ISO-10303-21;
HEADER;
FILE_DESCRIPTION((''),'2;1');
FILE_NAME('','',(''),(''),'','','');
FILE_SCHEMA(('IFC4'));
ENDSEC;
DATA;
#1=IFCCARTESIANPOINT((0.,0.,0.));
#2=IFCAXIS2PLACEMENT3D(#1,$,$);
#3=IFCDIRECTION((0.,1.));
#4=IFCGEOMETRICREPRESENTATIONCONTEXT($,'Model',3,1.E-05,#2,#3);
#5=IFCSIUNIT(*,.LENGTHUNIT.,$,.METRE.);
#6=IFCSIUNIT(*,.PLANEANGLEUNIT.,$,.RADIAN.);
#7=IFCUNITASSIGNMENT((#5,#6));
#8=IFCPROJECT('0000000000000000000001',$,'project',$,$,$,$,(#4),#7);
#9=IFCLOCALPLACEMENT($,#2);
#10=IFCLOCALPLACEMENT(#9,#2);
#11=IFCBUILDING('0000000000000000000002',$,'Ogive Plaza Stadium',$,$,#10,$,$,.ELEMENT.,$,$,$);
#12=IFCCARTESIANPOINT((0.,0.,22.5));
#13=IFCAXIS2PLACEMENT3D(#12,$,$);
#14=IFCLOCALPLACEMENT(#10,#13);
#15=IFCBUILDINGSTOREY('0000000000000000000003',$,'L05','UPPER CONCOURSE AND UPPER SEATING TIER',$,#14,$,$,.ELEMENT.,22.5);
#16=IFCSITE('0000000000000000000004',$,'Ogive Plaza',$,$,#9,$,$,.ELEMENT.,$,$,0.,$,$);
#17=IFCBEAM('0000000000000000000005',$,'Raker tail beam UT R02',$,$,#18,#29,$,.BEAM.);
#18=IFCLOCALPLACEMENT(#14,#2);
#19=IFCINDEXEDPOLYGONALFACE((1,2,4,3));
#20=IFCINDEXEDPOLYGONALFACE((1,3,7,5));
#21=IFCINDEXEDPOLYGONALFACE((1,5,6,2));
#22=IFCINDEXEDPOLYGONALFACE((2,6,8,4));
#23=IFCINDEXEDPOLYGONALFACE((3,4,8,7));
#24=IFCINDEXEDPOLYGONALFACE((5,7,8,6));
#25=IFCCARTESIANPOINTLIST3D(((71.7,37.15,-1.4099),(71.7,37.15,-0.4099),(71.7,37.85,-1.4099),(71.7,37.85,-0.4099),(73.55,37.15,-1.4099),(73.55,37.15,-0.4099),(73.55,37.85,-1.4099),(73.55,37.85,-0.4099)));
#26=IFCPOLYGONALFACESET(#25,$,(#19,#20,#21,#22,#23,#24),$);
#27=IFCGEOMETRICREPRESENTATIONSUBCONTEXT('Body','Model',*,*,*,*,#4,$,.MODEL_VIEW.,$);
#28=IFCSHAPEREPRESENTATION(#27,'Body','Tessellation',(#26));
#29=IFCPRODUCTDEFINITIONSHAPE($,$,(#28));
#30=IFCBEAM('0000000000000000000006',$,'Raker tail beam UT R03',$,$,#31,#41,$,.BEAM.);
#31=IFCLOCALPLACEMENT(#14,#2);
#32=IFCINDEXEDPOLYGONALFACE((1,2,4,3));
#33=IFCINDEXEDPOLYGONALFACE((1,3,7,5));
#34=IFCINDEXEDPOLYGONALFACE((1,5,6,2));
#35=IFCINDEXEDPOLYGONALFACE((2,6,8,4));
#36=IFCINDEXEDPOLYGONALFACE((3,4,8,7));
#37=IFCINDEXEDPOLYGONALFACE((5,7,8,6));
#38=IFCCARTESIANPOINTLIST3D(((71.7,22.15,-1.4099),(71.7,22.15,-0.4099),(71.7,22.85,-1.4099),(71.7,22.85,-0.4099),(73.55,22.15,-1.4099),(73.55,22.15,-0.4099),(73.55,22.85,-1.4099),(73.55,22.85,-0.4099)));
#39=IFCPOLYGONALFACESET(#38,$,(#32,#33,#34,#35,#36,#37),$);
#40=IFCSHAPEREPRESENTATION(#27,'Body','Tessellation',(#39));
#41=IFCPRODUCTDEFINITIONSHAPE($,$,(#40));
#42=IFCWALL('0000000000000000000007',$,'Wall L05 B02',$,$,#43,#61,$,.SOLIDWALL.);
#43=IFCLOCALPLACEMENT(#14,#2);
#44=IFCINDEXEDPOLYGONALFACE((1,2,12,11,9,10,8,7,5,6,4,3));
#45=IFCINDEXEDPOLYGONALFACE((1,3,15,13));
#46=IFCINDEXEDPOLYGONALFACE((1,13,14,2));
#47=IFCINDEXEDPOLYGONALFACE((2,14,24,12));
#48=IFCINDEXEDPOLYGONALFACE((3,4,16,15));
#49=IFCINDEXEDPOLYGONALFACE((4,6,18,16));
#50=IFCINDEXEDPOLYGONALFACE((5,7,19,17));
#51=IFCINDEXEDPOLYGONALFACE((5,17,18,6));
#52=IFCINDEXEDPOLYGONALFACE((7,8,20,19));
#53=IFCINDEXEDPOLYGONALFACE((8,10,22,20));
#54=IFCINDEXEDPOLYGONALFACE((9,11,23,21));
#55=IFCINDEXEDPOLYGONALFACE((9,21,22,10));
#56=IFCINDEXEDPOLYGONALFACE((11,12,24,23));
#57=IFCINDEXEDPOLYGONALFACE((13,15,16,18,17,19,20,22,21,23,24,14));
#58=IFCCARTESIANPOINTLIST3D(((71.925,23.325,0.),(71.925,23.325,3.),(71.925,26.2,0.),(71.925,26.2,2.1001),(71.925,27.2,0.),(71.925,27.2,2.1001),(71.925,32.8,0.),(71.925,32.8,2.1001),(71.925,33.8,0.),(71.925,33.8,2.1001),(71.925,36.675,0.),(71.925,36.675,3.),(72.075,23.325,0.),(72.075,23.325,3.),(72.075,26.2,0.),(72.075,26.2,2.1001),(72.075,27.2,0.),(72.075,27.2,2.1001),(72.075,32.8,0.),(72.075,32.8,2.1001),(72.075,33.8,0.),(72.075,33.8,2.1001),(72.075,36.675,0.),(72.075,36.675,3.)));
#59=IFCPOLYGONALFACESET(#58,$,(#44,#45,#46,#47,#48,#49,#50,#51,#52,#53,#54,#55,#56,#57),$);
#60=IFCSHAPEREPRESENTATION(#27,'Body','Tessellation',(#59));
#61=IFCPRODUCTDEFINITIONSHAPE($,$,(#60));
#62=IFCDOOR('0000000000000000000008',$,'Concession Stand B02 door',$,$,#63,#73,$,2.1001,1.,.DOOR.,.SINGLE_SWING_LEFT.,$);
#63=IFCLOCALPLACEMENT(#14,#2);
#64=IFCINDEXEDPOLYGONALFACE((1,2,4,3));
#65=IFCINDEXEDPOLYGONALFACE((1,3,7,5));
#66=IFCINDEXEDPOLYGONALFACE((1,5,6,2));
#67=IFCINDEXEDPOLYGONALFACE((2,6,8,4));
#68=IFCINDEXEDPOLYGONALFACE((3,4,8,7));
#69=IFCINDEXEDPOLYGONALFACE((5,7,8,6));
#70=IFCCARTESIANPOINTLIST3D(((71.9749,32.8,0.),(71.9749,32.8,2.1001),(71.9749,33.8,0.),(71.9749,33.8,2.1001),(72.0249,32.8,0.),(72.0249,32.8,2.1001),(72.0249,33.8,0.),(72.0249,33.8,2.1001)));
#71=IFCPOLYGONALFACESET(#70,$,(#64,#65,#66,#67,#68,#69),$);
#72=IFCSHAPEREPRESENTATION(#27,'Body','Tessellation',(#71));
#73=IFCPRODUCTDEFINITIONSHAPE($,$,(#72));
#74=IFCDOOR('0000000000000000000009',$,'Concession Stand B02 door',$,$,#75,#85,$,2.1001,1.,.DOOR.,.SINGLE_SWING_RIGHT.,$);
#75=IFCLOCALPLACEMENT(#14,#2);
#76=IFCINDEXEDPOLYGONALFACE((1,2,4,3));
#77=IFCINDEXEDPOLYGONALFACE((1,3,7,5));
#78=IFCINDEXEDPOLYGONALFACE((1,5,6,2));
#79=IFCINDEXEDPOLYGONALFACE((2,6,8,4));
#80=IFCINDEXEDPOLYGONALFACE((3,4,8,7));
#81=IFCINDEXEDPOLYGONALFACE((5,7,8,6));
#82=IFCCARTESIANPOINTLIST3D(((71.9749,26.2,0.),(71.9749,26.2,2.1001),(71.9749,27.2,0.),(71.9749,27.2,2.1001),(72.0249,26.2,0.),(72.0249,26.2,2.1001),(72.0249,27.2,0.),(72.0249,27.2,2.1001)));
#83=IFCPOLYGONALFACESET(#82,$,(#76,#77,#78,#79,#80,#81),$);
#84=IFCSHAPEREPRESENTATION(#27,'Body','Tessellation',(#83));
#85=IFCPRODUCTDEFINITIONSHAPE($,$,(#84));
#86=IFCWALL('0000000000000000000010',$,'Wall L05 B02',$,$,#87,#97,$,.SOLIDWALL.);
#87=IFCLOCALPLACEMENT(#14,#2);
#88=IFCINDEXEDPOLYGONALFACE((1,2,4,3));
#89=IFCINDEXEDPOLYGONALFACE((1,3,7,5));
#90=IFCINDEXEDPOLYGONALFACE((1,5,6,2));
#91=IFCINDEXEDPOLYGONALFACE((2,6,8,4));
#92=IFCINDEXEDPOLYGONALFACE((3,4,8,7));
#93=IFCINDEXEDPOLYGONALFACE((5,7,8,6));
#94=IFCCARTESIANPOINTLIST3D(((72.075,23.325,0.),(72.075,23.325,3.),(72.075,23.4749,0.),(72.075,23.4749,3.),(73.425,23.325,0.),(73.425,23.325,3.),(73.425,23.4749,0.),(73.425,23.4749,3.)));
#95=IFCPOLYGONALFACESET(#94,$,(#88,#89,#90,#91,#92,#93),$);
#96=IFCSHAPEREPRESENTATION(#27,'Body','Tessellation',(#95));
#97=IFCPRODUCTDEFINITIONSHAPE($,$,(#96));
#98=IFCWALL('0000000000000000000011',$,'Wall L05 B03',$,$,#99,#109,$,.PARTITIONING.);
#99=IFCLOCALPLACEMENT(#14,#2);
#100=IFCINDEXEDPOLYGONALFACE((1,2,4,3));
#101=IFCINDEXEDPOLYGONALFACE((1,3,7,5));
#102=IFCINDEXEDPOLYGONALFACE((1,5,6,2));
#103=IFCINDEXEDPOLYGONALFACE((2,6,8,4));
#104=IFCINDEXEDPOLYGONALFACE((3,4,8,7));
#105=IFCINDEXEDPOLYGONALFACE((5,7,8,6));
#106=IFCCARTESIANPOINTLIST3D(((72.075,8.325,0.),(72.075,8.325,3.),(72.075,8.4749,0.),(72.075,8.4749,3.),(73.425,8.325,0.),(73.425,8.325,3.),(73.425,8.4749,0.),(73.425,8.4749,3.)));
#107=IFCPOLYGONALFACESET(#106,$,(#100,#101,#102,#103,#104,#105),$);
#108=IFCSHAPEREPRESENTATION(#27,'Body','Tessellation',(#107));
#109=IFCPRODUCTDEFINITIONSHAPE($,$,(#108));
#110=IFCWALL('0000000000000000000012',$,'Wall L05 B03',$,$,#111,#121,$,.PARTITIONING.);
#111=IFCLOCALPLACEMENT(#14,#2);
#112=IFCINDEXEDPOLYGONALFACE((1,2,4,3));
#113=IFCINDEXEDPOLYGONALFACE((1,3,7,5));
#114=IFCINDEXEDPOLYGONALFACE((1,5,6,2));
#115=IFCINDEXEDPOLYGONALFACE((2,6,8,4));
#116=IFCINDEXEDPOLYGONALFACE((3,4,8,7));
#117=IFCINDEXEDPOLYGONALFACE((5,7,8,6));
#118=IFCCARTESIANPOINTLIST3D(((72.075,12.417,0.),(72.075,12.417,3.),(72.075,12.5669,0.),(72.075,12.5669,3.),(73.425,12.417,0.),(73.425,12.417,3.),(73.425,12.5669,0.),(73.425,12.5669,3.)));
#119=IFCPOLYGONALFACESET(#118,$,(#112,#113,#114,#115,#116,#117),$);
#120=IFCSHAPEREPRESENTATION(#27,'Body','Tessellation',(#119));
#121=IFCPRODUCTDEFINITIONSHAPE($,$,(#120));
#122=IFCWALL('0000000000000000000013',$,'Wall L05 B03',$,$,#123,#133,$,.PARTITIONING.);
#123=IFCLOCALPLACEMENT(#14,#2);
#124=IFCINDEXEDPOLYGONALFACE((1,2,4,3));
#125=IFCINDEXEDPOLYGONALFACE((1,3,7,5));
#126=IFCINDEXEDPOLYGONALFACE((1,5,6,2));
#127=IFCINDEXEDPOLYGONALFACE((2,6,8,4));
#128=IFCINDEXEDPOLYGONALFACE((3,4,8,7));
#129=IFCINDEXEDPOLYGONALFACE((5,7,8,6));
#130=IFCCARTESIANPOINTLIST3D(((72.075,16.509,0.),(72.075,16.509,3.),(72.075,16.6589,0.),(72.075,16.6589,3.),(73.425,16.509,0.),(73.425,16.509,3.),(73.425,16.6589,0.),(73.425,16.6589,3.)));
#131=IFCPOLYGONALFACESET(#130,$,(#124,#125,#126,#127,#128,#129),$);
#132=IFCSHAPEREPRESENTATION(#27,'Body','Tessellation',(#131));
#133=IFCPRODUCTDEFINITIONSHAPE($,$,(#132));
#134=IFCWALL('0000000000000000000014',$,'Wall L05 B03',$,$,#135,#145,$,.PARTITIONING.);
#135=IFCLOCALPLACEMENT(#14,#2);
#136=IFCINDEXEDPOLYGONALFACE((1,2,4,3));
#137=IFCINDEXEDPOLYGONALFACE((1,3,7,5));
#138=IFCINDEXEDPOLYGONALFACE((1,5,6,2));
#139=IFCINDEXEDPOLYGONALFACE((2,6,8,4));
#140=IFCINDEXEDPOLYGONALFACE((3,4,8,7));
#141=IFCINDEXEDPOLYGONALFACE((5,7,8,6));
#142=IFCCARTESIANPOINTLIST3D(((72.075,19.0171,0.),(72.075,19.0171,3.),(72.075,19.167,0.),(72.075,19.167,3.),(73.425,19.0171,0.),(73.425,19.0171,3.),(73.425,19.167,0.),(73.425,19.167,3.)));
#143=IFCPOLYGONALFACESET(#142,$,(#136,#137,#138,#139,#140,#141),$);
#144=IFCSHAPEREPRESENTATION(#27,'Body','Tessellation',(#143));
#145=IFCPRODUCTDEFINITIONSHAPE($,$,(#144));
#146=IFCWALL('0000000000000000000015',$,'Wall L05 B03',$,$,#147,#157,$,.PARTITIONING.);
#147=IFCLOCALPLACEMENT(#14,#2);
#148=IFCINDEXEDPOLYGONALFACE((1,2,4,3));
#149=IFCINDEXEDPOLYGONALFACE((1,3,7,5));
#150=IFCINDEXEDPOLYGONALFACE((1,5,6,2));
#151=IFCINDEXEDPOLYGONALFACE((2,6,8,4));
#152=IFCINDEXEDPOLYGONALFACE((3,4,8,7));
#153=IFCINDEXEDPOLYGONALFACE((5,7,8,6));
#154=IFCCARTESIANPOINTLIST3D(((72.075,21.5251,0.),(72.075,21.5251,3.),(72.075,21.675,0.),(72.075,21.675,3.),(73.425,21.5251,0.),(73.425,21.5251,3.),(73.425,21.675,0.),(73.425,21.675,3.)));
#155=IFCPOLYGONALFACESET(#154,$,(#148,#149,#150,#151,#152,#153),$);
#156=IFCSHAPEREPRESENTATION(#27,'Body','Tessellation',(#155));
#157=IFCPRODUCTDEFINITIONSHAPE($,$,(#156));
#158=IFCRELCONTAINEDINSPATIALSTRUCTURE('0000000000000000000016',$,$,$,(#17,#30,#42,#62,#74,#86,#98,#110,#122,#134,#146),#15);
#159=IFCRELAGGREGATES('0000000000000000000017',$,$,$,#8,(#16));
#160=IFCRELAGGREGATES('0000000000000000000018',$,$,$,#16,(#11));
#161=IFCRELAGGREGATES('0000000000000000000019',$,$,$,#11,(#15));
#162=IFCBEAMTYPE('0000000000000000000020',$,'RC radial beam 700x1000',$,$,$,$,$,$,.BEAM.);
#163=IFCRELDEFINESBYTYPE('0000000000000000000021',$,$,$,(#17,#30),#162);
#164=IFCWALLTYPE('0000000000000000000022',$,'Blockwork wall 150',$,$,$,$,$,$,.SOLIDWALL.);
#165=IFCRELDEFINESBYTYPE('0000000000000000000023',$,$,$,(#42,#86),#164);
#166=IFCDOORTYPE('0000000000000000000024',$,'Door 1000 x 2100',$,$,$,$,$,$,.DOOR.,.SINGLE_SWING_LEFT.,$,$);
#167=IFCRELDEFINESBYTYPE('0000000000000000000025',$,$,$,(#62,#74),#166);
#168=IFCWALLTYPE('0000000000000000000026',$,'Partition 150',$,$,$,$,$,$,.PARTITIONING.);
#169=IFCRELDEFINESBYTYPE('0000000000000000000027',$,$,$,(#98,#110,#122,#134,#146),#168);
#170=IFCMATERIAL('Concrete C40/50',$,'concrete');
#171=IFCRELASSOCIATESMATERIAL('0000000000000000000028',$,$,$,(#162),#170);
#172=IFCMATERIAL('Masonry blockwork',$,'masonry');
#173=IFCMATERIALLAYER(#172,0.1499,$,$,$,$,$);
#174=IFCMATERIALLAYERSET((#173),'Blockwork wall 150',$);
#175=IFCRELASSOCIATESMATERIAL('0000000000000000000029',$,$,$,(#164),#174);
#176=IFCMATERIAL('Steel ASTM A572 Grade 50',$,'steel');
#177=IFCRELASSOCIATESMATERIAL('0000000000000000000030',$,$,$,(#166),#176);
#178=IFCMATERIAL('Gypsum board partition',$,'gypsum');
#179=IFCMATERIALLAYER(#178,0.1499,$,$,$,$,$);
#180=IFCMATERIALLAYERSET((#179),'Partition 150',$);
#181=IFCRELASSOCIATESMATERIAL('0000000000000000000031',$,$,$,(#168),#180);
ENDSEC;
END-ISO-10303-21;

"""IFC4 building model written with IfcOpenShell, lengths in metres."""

from ifc_helpers import new_model, si_unit, direction, frame, frame_2d, origin, origin_2d, place, context, subcontext, project, spatial, rectangle, extrude, material, layer, layer_set, material_profile, profile_set, type_object, element, fill, save


model = new_model("IFC4")

# Units and contexts
model_context = context("Model", 3, precision=1e-05, world=origin(), true_north=direction((0.0, 1.0)))
body_context = subcontext(model_context, "Body", "Model", "MODEL_VIEW")
ifc_project = project(units=[si_unit("LENGTHUNIT", "METRE"), si_unit("PLANEANGLEUNIT", "RADIAN")], contexts=[model_context])

# Site, building, storey
site_placement = place(None, origin())
site = spatial("IfcSite", under=ifc_project, at=site_placement, Name="Ogive Plaza", CompositionType="ELEMENT", RefElevation=0.0)
building_placement = place(site_placement, origin())
building = spatial("IfcBuilding", under=site, at=building_placement, Name="Ogive Plaza Stadium", CompositionType="ELEMENT")
storey_placement = place(building_placement, frame((0.0, 0.0, 22.5)))
storey = spatial("IfcBuildingStorey", under=building, at=storey_placement, Name="L05", Description="UPPER CONCOURSE AND UPPER SEATING TIER", CompositionType="ELEMENT", Elevation=22.5)

# Beams
ifc_material_1 = material(Name="Concrete C40/50", Category="concrete")
ifc_material_profile = material_profile(ifc_material_1, rectangle(XDim=0.7, YDim=1.0, at=origin_2d()), Name="RC 700x1000")
ifc_profile_set = profile_set([ifc_material_profile], Name="Concrete C40/50")
beam_type = type_object("IfcBeamType", Name="RC radial beam 700x1000", PredefinedType="BEAM", material=ifc_profile_set)
for number, where, z_axis, x_axis, name in (
    (1, (71.7, 37.5, -0.9099), (1.0, 0.0, 0.0), (0.0, 1.0, 0.0), "Raker tail beam UT R02"),
    (2, (71.7, 22.5, -0.9099), (1.0, 0.0, 0.0), (0.0, 1.0, 0.0), "Raker tail beam UT R03"),
):
    element("IfcBeam", number, at=place(storey_placement, frame(where, z_axis=z_axis, x_axis=x_axis)), inside=storey, type_object=beam_type, Name=name, PredefinedType="BEAM", context=body_context, shape_type="SweptSolid", body=[
        extrude(rectangle(XDim=0.7, YDim=1.0, at=origin_2d()), origin(), (0.0, 0.0, 1.0), 1.8501),
    ])

# Wall, openings, doors
ifc_material_2 = material(Name="Masonry blockwork", Category="masonry")
ifc_layer_1 = layer(ifc_material_2, 0.1499)
ifc_layer_set_1 = layer_set([ifc_layer_1], Name="Blockwork wall 150")
wall_type_1 = type_object("IfcWallType", Name="Blockwork wall 150", PredefinedType="SOLIDWALL", material=ifc_layer_set_1)
wall_1_placement = place(storey_placement, frame((72.0, 36.675, 0.0), z_axis=(0.0, 0.0, 1.0), x_axis=(0.0, -1.0, 0.0)))
wall_1 = element("IfcWall", 3, at=wall_1_placement, inside=storey, type_object=wall_type_1, Name="Wall L05 B02", PredefinedType="SOLIDWALL", context=body_context, shape_type="SweptSolid", body=[
    extrude(rectangle(XDim=13.3501, YDim=0.1499, at=frame_2d((6.675, 0.0))), origin(), (0.0, 0.0, 1.0), 3.0),
])
opening_1_placement = place(wall_1_placement, frame((2.875, 0.0, 0.0)))
opening_1 = element("IfcOpeningElement", 4, at=opening_1_placement, cuts=wall_1, PredefinedType="OPENING", context=body_context, shape_type="SweptSolid", body=[
    extrude(rectangle(XDim=1.0, YDim=2.1001, at=frame_2d((0.5, 1.05))), frame((0.0, 0.075, 0.0), z_axis=(0.0, -1.0, 0.0), x_axis=(1.0, 0.0, 0.0)), (0.0, 0.0, 1.0), 0.1499),
])
opening_2_placement = place(wall_1_placement, frame((9.4751, 0.0, 0.0)))
opening_2 = element("IfcOpeningElement", 5, at=opening_2_placement, cuts=wall_1, PredefinedType="OPENING", context=body_context, shape_type="SweptSolid", body=[
    extrude(rectangle(XDim=1.0, YDim=2.1001, at=frame_2d((0.5, 1.05))), frame((0.0, 0.075, 0.0), z_axis=(0.0, -1.0, 0.0), x_axis=(1.0, 0.0, 0.0)), (0.0, 0.0, 1.0), 0.1499),
])
ifc_material_3 = material(Name="Steel ASTM A572 Grade 50", Category="steel")
door_type = type_object("IfcDoorType", Name="Door 1000 x 2100", OperationType="SINGLE_SWING_LEFT", PredefinedType="DOOR", material=ifc_material_3)
door_1_placement = place(opening_1_placement, origin())
door_1 = element("IfcDoor", 6, at=door_1_placement, inside=storey, type_object=door_type, Name="Concession Stand B02 door", OperationType="SINGLE_SWING_LEFT", OverallHeight=2.1001, OverallWidth=1.0, PredefinedType="DOOR", context=body_context, shape_type="SweptSolid", body=[
    extrude(rectangle(XDim=1.0, YDim=2.1001, at=frame_2d((0.5, 1.05))), frame((0.0, 0.0249, 0.0), z_axis=(0.0, -1.0, 0.0), x_axis=(1.0, 0.0, 0.0)), (0.0, 0.0, 1.0), 0.05),
])
fill(opening_1, door_1)
door_2_placement = place(opening_2_placement, origin())
door_2 = element("IfcDoor", 7, at=door_2_placement, inside=storey, type_object=door_type, Name="Concession Stand B02 door", OperationType="SINGLE_SWING_RIGHT", OverallHeight=2.1001, OverallWidth=1.0, PredefinedType="DOOR", context=body_context, shape_type="SweptSolid", body=[
    extrude(rectangle(XDim=1.0, YDim=2.1001, at=frame_2d((0.5, 1.05))), frame((0.0, 0.0249, 0.0), z_axis=(0.0, -1.0, 0.0), x_axis=(1.0, 0.0, 0.0)), (0.0, 0.0, 1.0), 0.05),
])
fill(opening_2, door_2)

# Walls
wall_2_placement = place(storey_placement, frame((72.075, 23.3999, 0.0), z_axis=(0.0, 0.0, 1.0), x_axis=(1.0, 0.0, 0.0)))
element("IfcWall", 8, at=wall_2_placement, inside=storey, type_object=wall_type_1, Name="Wall L05 B02", PredefinedType="SOLIDWALL", context=body_context, shape_type="SweptSolid", body=[
    extrude(rectangle(XDim=1.3501, YDim=0.1499, at=frame_2d((0.675, 0.0))), origin(), (0.0, 0.0, 1.0), 3.0),
])
ifc_material_4 = material(Name="Gypsum board partition", Category="gypsum")
ifc_layer_2 = layer(ifc_material_4, 0.1499)
ifc_layer_set_2 = layer_set([ifc_layer_2], Name="Partition 150")
wall_type_2 = type_object("IfcWallType", Name="Partition 150", PredefinedType="PARTITIONING", material=ifc_layer_set_2)
for number, where, z_axis, x_axis, name in (
    (9, (72.075, 8.3999, 0.0), (0.0, 0.0, 1.0), (1.0, 0.0, 0.0), "Wall L05 B03"),
    (10, (72.075, 12.4919, 0.0), (0.0, 0.0, 1.0), (1.0, 0.0, 0.0), "Wall L05 B03"),
    (11, (72.075, 16.584, 0.0), (0.0, 0.0, 1.0), (1.0, 0.0, 0.0), "Wall L05 B03"),
    (12, (72.075, 19.092, 0.0), (0.0, 0.0, 1.0), (1.0, 0.0, 0.0), "Wall L05 B03"),
    (13, (72.075, 21.6001, 0.0), (0.0, 0.0, 1.0), (1.0, 0.0, 0.0), "Wall L05 B03"),
):
    element("IfcWall", number, at=place(storey_placement, frame(where, z_axis=z_axis, x_axis=x_axis)), inside=storey, type_object=wall_type_2, Name=name, PredefinedType="PARTITIONING", context=body_context, shape_type="SweptSolid", body=[
        extrude(rectangle(XDim=1.3501, YDim=0.1499, at=frame_2d((0.675, 0.0))), origin(), (0.0, 0.0, 1.0), 3.0),
    ])

save(model, "model.ifc")
